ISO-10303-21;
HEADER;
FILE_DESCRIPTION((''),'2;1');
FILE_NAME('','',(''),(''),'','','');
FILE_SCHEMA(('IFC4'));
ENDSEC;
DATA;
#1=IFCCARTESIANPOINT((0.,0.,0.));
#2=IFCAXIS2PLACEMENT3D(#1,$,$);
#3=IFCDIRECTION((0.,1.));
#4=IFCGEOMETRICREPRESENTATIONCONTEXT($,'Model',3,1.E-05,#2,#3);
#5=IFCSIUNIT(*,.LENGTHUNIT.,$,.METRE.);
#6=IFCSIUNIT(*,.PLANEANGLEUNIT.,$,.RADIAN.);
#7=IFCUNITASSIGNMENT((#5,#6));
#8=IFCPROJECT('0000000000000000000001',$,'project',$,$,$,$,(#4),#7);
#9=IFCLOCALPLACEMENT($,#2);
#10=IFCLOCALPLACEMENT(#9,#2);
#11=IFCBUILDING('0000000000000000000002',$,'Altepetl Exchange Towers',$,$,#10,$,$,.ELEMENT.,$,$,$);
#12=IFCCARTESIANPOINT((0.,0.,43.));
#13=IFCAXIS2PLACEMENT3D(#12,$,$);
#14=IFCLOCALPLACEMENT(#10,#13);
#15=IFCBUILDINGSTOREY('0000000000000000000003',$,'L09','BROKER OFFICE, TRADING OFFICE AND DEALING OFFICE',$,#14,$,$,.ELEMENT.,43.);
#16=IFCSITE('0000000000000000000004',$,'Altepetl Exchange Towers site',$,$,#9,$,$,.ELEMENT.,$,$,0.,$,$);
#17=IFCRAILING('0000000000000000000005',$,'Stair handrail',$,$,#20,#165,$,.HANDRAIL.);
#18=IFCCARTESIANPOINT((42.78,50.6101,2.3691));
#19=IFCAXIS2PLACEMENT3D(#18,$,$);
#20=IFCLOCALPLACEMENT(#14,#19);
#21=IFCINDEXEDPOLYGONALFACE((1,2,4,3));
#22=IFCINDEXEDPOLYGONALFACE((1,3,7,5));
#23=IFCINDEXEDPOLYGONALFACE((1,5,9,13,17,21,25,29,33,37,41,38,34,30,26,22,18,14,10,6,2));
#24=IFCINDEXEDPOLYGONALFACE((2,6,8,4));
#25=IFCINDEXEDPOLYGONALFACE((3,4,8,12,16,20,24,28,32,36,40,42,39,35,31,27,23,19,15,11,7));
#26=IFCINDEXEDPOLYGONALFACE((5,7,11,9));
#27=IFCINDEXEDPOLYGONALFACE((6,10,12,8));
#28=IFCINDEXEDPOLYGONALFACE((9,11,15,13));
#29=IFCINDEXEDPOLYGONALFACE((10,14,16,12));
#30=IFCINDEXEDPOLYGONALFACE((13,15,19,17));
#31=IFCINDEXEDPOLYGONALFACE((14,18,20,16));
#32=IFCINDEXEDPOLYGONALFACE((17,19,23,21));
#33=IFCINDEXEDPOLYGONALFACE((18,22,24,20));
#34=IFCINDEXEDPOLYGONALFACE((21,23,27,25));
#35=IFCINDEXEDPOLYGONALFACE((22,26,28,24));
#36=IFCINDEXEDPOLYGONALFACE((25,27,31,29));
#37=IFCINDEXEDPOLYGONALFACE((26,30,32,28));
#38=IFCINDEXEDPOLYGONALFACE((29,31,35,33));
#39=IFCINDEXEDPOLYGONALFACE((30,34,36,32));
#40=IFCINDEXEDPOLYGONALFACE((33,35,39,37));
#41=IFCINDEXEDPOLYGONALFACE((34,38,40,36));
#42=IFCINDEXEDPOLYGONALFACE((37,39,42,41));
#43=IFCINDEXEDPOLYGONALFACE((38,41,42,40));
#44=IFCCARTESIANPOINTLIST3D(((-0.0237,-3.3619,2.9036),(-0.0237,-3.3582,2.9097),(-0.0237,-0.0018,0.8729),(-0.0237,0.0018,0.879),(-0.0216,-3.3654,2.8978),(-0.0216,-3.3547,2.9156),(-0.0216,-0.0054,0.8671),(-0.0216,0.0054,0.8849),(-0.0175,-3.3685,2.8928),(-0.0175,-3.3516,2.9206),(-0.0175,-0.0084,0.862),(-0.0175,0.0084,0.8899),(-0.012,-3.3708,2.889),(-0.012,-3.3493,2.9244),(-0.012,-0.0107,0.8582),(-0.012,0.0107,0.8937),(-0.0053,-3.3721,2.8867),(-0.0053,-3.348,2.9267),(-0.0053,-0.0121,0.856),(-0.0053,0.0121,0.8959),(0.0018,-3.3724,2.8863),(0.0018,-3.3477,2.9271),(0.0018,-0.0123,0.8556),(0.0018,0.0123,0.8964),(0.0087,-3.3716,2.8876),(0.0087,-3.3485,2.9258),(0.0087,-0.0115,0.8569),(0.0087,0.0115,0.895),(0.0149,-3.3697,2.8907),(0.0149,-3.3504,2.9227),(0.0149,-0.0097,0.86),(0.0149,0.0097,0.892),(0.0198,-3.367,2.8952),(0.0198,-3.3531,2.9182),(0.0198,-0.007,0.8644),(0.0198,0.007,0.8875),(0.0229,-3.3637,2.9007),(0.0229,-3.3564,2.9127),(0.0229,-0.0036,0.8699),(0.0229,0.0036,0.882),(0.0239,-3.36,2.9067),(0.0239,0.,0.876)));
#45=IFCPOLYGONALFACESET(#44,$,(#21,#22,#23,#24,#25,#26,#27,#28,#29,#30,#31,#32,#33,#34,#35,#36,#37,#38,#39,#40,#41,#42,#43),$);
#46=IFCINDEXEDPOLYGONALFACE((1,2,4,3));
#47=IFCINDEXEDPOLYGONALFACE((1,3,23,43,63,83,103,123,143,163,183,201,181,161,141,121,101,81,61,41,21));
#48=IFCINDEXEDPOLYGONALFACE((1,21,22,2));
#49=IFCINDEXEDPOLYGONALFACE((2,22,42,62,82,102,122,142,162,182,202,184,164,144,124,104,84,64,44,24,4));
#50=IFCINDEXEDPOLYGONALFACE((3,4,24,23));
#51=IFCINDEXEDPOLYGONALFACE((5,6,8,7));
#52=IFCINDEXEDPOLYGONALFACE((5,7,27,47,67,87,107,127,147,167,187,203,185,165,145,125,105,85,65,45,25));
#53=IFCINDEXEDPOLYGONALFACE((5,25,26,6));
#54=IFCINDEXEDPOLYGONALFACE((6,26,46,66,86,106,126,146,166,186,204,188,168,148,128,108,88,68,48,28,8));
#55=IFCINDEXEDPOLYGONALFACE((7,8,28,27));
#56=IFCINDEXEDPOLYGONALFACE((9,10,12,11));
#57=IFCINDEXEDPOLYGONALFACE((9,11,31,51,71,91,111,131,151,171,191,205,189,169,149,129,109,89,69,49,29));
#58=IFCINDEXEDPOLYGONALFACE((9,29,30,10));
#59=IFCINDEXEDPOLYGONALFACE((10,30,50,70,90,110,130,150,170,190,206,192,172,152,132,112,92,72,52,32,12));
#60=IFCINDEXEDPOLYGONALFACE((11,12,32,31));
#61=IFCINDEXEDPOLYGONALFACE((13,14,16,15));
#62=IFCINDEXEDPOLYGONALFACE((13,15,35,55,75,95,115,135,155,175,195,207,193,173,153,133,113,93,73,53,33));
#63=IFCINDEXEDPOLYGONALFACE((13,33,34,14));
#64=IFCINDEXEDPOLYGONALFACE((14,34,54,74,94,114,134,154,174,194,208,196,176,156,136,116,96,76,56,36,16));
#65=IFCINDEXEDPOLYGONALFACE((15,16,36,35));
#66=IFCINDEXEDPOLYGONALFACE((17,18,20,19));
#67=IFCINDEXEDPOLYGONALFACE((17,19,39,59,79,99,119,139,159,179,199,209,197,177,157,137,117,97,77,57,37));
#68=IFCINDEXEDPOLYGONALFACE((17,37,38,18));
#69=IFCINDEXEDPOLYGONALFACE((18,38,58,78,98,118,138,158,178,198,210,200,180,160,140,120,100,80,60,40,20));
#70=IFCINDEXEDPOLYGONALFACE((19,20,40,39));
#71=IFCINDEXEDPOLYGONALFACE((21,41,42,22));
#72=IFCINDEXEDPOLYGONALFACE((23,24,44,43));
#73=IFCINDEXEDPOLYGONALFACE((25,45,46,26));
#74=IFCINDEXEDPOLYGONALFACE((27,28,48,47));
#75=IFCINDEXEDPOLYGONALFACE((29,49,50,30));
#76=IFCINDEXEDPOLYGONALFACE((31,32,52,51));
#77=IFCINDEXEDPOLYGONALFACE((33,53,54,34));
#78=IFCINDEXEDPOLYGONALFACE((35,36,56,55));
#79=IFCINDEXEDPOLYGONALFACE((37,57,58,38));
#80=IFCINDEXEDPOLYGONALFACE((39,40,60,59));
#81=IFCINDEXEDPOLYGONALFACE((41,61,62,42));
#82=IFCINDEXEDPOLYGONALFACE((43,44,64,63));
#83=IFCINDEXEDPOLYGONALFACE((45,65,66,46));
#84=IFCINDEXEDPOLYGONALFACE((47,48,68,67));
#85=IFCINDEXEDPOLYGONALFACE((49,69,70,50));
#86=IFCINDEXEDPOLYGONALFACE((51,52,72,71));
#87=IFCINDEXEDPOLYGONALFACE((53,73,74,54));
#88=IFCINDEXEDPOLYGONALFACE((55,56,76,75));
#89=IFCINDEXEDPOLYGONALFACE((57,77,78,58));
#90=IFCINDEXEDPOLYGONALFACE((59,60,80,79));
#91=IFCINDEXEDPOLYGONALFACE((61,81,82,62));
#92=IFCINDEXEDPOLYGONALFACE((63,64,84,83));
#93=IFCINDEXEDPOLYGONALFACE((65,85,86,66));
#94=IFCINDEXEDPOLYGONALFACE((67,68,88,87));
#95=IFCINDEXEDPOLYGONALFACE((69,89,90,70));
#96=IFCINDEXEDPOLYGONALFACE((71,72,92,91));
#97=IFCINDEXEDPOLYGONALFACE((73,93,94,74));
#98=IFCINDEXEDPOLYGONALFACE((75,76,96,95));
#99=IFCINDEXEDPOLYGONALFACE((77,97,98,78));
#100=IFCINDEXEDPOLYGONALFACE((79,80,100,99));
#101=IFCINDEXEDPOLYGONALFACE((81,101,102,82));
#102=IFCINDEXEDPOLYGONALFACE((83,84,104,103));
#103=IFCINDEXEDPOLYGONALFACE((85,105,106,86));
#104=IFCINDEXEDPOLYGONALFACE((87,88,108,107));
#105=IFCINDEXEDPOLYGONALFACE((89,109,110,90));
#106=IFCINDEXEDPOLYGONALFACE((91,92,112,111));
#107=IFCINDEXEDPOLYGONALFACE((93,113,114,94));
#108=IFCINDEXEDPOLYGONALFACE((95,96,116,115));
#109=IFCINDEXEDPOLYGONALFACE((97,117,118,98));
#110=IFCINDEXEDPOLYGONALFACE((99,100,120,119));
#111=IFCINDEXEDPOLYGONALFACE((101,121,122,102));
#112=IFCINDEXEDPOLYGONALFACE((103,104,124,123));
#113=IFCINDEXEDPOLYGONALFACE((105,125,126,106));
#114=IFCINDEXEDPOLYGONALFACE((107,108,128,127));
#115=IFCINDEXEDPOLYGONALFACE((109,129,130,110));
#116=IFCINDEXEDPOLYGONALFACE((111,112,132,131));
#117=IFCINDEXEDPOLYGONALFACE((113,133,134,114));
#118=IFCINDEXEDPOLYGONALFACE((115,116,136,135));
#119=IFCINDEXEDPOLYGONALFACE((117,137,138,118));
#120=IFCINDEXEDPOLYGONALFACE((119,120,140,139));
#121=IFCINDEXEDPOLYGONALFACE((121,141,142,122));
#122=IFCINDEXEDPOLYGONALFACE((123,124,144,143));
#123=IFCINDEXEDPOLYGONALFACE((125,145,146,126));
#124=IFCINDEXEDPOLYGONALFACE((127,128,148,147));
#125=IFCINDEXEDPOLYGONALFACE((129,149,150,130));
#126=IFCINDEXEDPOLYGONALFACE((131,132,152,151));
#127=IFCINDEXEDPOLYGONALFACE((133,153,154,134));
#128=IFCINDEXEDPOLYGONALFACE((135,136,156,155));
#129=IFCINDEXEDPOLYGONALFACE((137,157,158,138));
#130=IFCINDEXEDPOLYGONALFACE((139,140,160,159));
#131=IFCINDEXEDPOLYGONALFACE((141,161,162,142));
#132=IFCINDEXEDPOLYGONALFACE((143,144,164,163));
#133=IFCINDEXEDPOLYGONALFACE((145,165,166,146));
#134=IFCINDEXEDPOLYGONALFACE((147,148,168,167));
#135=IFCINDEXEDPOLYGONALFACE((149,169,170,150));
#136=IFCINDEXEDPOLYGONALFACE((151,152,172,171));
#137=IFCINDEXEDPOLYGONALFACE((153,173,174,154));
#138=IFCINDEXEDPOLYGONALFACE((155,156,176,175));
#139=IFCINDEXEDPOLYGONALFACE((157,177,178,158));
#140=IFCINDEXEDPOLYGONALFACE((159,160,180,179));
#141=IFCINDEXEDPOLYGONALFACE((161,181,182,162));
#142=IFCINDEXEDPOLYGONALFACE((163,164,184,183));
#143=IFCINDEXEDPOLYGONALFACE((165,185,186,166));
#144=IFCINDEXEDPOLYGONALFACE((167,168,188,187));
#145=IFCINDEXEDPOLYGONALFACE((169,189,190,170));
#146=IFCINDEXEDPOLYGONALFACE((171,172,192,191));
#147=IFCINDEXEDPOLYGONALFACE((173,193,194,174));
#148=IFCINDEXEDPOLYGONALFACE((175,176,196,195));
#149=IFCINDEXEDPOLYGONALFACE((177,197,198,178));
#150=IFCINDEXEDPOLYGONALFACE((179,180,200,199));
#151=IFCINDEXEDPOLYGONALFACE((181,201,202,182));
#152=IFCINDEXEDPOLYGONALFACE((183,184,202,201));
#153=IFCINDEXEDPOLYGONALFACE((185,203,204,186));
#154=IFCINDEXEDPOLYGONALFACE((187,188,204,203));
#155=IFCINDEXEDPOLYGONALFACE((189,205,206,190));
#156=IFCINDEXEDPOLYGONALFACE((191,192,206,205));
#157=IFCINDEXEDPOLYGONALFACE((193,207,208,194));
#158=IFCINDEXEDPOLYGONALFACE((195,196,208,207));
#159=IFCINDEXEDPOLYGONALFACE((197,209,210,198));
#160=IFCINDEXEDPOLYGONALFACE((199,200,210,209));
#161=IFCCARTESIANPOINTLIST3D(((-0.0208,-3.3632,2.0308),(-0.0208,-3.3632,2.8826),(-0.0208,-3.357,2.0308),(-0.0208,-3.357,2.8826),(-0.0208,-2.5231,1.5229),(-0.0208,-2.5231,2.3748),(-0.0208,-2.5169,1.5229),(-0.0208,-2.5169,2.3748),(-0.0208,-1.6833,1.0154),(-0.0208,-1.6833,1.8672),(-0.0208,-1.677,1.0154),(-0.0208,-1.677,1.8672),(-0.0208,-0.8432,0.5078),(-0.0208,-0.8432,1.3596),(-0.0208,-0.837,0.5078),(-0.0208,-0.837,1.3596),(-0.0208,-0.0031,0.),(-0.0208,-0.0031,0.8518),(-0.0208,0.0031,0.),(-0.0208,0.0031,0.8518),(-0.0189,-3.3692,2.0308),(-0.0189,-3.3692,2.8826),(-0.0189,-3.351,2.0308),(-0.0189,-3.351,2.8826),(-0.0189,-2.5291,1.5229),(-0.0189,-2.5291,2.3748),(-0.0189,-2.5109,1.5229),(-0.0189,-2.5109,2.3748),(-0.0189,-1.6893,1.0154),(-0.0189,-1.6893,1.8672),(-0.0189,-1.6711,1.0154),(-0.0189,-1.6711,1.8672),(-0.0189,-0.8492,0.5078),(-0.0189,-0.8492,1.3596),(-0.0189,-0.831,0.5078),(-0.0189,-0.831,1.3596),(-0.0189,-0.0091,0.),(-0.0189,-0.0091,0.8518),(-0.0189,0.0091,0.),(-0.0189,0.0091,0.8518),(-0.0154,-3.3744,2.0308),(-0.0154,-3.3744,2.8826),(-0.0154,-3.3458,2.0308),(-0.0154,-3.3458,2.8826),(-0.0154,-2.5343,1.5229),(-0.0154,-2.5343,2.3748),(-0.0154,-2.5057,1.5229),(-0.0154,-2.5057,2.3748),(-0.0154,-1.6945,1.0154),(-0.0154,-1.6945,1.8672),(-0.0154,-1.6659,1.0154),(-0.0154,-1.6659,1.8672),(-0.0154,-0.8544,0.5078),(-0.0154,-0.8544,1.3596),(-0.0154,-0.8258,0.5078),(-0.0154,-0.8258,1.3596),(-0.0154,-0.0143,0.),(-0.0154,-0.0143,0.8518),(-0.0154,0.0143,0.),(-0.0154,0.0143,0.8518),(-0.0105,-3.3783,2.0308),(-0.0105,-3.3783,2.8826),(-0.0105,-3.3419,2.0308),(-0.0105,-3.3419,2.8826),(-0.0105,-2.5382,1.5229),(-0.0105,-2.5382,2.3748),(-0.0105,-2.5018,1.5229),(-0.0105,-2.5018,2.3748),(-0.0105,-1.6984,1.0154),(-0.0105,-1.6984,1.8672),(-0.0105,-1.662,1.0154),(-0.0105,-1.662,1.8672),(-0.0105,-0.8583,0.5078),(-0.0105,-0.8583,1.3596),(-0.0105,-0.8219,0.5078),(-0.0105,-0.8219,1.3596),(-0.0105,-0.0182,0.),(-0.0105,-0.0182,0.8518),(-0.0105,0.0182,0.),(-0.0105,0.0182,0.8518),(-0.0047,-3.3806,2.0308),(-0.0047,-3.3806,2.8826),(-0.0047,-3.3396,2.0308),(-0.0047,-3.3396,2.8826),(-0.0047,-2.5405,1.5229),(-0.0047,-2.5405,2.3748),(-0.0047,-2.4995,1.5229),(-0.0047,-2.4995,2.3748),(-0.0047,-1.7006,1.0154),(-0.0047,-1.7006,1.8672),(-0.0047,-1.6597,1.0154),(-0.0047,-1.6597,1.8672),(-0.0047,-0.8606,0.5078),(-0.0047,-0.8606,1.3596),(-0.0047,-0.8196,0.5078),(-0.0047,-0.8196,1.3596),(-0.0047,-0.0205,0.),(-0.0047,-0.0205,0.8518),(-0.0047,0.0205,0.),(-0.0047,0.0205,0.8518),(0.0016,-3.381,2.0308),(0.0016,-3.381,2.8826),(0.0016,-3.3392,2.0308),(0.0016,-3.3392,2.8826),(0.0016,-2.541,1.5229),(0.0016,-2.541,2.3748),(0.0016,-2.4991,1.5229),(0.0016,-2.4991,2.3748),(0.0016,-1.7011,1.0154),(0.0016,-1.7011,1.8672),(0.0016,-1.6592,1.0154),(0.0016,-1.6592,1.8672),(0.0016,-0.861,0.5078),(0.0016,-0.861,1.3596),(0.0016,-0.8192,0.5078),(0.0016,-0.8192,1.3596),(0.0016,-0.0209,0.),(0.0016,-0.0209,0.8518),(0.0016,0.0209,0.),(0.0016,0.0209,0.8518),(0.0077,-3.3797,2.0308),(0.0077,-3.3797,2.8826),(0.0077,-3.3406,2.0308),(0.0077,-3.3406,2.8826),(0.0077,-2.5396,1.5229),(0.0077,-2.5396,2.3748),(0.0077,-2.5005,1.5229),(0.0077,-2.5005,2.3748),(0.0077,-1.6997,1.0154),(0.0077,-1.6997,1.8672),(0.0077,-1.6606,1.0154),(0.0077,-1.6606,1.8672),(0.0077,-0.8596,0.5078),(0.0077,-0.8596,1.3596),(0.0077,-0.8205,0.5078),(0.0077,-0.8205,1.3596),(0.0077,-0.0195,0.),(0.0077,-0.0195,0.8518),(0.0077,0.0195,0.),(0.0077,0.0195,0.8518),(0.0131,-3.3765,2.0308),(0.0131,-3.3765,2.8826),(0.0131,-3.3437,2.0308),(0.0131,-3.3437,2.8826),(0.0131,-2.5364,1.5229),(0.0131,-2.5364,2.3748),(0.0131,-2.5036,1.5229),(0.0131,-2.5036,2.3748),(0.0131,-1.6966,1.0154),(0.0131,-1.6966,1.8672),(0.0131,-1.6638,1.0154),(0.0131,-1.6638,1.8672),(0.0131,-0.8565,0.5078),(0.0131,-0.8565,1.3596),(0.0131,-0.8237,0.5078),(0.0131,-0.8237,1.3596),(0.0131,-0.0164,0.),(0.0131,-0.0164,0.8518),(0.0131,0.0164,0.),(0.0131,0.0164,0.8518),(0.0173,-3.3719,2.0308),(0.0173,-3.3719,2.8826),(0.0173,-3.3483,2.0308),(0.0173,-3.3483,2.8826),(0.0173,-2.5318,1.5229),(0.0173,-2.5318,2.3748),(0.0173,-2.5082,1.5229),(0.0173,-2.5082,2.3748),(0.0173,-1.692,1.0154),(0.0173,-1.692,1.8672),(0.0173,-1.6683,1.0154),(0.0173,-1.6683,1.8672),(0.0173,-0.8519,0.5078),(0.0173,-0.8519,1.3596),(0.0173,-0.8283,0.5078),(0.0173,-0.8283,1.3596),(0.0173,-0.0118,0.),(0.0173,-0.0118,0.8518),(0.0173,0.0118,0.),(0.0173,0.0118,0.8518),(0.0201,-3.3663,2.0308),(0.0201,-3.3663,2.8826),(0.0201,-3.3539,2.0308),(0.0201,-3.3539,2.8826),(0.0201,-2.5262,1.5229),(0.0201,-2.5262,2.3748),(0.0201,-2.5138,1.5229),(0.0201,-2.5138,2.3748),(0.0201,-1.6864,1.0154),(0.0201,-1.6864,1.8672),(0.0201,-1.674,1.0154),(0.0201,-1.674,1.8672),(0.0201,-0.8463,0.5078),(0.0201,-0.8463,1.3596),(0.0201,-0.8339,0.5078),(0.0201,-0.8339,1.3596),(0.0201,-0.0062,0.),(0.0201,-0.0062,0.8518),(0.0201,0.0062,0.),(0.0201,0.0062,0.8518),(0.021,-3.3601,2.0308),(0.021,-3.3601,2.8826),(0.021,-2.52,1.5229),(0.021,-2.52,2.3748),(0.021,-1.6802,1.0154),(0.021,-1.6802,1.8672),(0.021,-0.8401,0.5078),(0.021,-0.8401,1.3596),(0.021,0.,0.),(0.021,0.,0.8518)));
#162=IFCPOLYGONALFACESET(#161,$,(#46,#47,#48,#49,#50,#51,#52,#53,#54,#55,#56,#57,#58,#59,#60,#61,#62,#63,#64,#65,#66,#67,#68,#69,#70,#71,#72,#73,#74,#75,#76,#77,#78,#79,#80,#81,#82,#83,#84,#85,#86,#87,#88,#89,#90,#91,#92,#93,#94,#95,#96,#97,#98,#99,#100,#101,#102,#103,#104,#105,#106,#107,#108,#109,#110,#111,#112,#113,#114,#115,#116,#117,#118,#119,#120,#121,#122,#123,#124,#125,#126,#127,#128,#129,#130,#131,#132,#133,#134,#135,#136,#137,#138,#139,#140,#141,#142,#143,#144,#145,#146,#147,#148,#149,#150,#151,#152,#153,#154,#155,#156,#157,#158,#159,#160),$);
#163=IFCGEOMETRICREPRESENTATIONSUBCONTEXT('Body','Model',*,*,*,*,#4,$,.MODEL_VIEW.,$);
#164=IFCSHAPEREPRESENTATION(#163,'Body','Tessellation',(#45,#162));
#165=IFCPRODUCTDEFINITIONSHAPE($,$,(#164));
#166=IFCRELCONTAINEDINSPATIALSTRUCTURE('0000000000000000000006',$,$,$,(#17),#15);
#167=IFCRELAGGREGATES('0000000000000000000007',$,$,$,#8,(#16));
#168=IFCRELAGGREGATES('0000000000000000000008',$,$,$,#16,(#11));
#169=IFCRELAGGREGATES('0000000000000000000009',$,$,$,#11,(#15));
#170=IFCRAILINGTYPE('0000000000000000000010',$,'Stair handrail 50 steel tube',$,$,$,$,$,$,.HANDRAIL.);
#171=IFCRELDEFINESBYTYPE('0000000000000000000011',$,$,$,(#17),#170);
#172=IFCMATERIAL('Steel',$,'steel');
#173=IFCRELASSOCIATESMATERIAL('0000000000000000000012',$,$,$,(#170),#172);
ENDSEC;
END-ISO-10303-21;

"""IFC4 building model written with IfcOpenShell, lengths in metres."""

from ifc_helpers import new_model, si_unit, direction, frame, origin, origin_2d, place, context, subcontext, project, spatial, circle, extrude, source, transform, mapped, material, type_object, element, save


model = new_model("IFC4")

# Units and contexts
model_context = context("Model", 3, precision=1e-05, world=origin(), true_north=direction((0.0, 1.0)))
body_context = subcontext(model_context, "Body", "Model", "MODEL_VIEW")
ifc_project = project(units=[si_unit("LENGTHUNIT", "METRE"), si_unit("PLANEANGLEUNIT", "RADIAN")], contexts=[model_context])

# Site, building, storey
site_placement = place(None, origin())
site = spatial("IfcSite", under=ifc_project, at=site_placement, Name="Altepetl Exchange Towers site", CompositionType="ELEMENT", RefElevation=0.0)
building_placement = place(site_placement, origin())
building = spatial("IfcBuilding", under=site, at=building_placement, Name="Altepetl Exchange Towers", CompositionType="ELEMENT")
storey_placement = place(building_placement, frame((0.0, 0.0, 43.0)))
storey = spatial("IfcBuildingStorey", under=building, at=storey_placement, Name="L09", Description="BROKER OFFICE, TRADING OFFICE AND DEALING OFFICE", CompositionType="ELEMENT", Elevation=43.0)

# Railing
ifc_material_1 = material(Name="Steel", Category="steel")
railing_type = type_object("IfcRailingType", Name="Stair handrail 50 steel tube", PredefinedType="HANDRAIL", material=ifc_material_1)
shared_shape = source(origin(), body_context, "Body", "SweptSolid", [
    extrude(circle(Radius=0.021, at=origin_2d()), origin(), (0.0, 0.0, 1.0), 0.8518),
])
railing_1_placement = place(storey_placement, frame((42.78, 50.6101, 2.3691)))
element("IfcRailing", 1, at=railing_1_placement, inside=storey, type_object=railing_type, Name="Stair handrail", PredefinedType="HANDRAIL", context=body_context, shape_type="SweptSolid", body=[
    extrude(circle(Radius=0.0239, at=origin_2d()), frame((0.0, 0.0, 0.876), z_axis=(0.0, -0.855837, 0.517246), x_axis=(1.0, 0.0, 0.0)), (0.0, 0.0, 1.0), 3.926),
    mapped(shared_shape, transform((0.0, 0.0, 0.0))),
    mapped(shared_shape, transform((0.0, -0.8401, 0.5078))),
    mapped(shared_shape, transform((0.0, -1.6802, 1.0154))),
    mapped(shared_shape, transform((0.0, -2.52, 1.5229))),
    mapped(shared_shape, transform((0.0, -3.3601, 2.0308))),
])

save(model, "model.ifc")
